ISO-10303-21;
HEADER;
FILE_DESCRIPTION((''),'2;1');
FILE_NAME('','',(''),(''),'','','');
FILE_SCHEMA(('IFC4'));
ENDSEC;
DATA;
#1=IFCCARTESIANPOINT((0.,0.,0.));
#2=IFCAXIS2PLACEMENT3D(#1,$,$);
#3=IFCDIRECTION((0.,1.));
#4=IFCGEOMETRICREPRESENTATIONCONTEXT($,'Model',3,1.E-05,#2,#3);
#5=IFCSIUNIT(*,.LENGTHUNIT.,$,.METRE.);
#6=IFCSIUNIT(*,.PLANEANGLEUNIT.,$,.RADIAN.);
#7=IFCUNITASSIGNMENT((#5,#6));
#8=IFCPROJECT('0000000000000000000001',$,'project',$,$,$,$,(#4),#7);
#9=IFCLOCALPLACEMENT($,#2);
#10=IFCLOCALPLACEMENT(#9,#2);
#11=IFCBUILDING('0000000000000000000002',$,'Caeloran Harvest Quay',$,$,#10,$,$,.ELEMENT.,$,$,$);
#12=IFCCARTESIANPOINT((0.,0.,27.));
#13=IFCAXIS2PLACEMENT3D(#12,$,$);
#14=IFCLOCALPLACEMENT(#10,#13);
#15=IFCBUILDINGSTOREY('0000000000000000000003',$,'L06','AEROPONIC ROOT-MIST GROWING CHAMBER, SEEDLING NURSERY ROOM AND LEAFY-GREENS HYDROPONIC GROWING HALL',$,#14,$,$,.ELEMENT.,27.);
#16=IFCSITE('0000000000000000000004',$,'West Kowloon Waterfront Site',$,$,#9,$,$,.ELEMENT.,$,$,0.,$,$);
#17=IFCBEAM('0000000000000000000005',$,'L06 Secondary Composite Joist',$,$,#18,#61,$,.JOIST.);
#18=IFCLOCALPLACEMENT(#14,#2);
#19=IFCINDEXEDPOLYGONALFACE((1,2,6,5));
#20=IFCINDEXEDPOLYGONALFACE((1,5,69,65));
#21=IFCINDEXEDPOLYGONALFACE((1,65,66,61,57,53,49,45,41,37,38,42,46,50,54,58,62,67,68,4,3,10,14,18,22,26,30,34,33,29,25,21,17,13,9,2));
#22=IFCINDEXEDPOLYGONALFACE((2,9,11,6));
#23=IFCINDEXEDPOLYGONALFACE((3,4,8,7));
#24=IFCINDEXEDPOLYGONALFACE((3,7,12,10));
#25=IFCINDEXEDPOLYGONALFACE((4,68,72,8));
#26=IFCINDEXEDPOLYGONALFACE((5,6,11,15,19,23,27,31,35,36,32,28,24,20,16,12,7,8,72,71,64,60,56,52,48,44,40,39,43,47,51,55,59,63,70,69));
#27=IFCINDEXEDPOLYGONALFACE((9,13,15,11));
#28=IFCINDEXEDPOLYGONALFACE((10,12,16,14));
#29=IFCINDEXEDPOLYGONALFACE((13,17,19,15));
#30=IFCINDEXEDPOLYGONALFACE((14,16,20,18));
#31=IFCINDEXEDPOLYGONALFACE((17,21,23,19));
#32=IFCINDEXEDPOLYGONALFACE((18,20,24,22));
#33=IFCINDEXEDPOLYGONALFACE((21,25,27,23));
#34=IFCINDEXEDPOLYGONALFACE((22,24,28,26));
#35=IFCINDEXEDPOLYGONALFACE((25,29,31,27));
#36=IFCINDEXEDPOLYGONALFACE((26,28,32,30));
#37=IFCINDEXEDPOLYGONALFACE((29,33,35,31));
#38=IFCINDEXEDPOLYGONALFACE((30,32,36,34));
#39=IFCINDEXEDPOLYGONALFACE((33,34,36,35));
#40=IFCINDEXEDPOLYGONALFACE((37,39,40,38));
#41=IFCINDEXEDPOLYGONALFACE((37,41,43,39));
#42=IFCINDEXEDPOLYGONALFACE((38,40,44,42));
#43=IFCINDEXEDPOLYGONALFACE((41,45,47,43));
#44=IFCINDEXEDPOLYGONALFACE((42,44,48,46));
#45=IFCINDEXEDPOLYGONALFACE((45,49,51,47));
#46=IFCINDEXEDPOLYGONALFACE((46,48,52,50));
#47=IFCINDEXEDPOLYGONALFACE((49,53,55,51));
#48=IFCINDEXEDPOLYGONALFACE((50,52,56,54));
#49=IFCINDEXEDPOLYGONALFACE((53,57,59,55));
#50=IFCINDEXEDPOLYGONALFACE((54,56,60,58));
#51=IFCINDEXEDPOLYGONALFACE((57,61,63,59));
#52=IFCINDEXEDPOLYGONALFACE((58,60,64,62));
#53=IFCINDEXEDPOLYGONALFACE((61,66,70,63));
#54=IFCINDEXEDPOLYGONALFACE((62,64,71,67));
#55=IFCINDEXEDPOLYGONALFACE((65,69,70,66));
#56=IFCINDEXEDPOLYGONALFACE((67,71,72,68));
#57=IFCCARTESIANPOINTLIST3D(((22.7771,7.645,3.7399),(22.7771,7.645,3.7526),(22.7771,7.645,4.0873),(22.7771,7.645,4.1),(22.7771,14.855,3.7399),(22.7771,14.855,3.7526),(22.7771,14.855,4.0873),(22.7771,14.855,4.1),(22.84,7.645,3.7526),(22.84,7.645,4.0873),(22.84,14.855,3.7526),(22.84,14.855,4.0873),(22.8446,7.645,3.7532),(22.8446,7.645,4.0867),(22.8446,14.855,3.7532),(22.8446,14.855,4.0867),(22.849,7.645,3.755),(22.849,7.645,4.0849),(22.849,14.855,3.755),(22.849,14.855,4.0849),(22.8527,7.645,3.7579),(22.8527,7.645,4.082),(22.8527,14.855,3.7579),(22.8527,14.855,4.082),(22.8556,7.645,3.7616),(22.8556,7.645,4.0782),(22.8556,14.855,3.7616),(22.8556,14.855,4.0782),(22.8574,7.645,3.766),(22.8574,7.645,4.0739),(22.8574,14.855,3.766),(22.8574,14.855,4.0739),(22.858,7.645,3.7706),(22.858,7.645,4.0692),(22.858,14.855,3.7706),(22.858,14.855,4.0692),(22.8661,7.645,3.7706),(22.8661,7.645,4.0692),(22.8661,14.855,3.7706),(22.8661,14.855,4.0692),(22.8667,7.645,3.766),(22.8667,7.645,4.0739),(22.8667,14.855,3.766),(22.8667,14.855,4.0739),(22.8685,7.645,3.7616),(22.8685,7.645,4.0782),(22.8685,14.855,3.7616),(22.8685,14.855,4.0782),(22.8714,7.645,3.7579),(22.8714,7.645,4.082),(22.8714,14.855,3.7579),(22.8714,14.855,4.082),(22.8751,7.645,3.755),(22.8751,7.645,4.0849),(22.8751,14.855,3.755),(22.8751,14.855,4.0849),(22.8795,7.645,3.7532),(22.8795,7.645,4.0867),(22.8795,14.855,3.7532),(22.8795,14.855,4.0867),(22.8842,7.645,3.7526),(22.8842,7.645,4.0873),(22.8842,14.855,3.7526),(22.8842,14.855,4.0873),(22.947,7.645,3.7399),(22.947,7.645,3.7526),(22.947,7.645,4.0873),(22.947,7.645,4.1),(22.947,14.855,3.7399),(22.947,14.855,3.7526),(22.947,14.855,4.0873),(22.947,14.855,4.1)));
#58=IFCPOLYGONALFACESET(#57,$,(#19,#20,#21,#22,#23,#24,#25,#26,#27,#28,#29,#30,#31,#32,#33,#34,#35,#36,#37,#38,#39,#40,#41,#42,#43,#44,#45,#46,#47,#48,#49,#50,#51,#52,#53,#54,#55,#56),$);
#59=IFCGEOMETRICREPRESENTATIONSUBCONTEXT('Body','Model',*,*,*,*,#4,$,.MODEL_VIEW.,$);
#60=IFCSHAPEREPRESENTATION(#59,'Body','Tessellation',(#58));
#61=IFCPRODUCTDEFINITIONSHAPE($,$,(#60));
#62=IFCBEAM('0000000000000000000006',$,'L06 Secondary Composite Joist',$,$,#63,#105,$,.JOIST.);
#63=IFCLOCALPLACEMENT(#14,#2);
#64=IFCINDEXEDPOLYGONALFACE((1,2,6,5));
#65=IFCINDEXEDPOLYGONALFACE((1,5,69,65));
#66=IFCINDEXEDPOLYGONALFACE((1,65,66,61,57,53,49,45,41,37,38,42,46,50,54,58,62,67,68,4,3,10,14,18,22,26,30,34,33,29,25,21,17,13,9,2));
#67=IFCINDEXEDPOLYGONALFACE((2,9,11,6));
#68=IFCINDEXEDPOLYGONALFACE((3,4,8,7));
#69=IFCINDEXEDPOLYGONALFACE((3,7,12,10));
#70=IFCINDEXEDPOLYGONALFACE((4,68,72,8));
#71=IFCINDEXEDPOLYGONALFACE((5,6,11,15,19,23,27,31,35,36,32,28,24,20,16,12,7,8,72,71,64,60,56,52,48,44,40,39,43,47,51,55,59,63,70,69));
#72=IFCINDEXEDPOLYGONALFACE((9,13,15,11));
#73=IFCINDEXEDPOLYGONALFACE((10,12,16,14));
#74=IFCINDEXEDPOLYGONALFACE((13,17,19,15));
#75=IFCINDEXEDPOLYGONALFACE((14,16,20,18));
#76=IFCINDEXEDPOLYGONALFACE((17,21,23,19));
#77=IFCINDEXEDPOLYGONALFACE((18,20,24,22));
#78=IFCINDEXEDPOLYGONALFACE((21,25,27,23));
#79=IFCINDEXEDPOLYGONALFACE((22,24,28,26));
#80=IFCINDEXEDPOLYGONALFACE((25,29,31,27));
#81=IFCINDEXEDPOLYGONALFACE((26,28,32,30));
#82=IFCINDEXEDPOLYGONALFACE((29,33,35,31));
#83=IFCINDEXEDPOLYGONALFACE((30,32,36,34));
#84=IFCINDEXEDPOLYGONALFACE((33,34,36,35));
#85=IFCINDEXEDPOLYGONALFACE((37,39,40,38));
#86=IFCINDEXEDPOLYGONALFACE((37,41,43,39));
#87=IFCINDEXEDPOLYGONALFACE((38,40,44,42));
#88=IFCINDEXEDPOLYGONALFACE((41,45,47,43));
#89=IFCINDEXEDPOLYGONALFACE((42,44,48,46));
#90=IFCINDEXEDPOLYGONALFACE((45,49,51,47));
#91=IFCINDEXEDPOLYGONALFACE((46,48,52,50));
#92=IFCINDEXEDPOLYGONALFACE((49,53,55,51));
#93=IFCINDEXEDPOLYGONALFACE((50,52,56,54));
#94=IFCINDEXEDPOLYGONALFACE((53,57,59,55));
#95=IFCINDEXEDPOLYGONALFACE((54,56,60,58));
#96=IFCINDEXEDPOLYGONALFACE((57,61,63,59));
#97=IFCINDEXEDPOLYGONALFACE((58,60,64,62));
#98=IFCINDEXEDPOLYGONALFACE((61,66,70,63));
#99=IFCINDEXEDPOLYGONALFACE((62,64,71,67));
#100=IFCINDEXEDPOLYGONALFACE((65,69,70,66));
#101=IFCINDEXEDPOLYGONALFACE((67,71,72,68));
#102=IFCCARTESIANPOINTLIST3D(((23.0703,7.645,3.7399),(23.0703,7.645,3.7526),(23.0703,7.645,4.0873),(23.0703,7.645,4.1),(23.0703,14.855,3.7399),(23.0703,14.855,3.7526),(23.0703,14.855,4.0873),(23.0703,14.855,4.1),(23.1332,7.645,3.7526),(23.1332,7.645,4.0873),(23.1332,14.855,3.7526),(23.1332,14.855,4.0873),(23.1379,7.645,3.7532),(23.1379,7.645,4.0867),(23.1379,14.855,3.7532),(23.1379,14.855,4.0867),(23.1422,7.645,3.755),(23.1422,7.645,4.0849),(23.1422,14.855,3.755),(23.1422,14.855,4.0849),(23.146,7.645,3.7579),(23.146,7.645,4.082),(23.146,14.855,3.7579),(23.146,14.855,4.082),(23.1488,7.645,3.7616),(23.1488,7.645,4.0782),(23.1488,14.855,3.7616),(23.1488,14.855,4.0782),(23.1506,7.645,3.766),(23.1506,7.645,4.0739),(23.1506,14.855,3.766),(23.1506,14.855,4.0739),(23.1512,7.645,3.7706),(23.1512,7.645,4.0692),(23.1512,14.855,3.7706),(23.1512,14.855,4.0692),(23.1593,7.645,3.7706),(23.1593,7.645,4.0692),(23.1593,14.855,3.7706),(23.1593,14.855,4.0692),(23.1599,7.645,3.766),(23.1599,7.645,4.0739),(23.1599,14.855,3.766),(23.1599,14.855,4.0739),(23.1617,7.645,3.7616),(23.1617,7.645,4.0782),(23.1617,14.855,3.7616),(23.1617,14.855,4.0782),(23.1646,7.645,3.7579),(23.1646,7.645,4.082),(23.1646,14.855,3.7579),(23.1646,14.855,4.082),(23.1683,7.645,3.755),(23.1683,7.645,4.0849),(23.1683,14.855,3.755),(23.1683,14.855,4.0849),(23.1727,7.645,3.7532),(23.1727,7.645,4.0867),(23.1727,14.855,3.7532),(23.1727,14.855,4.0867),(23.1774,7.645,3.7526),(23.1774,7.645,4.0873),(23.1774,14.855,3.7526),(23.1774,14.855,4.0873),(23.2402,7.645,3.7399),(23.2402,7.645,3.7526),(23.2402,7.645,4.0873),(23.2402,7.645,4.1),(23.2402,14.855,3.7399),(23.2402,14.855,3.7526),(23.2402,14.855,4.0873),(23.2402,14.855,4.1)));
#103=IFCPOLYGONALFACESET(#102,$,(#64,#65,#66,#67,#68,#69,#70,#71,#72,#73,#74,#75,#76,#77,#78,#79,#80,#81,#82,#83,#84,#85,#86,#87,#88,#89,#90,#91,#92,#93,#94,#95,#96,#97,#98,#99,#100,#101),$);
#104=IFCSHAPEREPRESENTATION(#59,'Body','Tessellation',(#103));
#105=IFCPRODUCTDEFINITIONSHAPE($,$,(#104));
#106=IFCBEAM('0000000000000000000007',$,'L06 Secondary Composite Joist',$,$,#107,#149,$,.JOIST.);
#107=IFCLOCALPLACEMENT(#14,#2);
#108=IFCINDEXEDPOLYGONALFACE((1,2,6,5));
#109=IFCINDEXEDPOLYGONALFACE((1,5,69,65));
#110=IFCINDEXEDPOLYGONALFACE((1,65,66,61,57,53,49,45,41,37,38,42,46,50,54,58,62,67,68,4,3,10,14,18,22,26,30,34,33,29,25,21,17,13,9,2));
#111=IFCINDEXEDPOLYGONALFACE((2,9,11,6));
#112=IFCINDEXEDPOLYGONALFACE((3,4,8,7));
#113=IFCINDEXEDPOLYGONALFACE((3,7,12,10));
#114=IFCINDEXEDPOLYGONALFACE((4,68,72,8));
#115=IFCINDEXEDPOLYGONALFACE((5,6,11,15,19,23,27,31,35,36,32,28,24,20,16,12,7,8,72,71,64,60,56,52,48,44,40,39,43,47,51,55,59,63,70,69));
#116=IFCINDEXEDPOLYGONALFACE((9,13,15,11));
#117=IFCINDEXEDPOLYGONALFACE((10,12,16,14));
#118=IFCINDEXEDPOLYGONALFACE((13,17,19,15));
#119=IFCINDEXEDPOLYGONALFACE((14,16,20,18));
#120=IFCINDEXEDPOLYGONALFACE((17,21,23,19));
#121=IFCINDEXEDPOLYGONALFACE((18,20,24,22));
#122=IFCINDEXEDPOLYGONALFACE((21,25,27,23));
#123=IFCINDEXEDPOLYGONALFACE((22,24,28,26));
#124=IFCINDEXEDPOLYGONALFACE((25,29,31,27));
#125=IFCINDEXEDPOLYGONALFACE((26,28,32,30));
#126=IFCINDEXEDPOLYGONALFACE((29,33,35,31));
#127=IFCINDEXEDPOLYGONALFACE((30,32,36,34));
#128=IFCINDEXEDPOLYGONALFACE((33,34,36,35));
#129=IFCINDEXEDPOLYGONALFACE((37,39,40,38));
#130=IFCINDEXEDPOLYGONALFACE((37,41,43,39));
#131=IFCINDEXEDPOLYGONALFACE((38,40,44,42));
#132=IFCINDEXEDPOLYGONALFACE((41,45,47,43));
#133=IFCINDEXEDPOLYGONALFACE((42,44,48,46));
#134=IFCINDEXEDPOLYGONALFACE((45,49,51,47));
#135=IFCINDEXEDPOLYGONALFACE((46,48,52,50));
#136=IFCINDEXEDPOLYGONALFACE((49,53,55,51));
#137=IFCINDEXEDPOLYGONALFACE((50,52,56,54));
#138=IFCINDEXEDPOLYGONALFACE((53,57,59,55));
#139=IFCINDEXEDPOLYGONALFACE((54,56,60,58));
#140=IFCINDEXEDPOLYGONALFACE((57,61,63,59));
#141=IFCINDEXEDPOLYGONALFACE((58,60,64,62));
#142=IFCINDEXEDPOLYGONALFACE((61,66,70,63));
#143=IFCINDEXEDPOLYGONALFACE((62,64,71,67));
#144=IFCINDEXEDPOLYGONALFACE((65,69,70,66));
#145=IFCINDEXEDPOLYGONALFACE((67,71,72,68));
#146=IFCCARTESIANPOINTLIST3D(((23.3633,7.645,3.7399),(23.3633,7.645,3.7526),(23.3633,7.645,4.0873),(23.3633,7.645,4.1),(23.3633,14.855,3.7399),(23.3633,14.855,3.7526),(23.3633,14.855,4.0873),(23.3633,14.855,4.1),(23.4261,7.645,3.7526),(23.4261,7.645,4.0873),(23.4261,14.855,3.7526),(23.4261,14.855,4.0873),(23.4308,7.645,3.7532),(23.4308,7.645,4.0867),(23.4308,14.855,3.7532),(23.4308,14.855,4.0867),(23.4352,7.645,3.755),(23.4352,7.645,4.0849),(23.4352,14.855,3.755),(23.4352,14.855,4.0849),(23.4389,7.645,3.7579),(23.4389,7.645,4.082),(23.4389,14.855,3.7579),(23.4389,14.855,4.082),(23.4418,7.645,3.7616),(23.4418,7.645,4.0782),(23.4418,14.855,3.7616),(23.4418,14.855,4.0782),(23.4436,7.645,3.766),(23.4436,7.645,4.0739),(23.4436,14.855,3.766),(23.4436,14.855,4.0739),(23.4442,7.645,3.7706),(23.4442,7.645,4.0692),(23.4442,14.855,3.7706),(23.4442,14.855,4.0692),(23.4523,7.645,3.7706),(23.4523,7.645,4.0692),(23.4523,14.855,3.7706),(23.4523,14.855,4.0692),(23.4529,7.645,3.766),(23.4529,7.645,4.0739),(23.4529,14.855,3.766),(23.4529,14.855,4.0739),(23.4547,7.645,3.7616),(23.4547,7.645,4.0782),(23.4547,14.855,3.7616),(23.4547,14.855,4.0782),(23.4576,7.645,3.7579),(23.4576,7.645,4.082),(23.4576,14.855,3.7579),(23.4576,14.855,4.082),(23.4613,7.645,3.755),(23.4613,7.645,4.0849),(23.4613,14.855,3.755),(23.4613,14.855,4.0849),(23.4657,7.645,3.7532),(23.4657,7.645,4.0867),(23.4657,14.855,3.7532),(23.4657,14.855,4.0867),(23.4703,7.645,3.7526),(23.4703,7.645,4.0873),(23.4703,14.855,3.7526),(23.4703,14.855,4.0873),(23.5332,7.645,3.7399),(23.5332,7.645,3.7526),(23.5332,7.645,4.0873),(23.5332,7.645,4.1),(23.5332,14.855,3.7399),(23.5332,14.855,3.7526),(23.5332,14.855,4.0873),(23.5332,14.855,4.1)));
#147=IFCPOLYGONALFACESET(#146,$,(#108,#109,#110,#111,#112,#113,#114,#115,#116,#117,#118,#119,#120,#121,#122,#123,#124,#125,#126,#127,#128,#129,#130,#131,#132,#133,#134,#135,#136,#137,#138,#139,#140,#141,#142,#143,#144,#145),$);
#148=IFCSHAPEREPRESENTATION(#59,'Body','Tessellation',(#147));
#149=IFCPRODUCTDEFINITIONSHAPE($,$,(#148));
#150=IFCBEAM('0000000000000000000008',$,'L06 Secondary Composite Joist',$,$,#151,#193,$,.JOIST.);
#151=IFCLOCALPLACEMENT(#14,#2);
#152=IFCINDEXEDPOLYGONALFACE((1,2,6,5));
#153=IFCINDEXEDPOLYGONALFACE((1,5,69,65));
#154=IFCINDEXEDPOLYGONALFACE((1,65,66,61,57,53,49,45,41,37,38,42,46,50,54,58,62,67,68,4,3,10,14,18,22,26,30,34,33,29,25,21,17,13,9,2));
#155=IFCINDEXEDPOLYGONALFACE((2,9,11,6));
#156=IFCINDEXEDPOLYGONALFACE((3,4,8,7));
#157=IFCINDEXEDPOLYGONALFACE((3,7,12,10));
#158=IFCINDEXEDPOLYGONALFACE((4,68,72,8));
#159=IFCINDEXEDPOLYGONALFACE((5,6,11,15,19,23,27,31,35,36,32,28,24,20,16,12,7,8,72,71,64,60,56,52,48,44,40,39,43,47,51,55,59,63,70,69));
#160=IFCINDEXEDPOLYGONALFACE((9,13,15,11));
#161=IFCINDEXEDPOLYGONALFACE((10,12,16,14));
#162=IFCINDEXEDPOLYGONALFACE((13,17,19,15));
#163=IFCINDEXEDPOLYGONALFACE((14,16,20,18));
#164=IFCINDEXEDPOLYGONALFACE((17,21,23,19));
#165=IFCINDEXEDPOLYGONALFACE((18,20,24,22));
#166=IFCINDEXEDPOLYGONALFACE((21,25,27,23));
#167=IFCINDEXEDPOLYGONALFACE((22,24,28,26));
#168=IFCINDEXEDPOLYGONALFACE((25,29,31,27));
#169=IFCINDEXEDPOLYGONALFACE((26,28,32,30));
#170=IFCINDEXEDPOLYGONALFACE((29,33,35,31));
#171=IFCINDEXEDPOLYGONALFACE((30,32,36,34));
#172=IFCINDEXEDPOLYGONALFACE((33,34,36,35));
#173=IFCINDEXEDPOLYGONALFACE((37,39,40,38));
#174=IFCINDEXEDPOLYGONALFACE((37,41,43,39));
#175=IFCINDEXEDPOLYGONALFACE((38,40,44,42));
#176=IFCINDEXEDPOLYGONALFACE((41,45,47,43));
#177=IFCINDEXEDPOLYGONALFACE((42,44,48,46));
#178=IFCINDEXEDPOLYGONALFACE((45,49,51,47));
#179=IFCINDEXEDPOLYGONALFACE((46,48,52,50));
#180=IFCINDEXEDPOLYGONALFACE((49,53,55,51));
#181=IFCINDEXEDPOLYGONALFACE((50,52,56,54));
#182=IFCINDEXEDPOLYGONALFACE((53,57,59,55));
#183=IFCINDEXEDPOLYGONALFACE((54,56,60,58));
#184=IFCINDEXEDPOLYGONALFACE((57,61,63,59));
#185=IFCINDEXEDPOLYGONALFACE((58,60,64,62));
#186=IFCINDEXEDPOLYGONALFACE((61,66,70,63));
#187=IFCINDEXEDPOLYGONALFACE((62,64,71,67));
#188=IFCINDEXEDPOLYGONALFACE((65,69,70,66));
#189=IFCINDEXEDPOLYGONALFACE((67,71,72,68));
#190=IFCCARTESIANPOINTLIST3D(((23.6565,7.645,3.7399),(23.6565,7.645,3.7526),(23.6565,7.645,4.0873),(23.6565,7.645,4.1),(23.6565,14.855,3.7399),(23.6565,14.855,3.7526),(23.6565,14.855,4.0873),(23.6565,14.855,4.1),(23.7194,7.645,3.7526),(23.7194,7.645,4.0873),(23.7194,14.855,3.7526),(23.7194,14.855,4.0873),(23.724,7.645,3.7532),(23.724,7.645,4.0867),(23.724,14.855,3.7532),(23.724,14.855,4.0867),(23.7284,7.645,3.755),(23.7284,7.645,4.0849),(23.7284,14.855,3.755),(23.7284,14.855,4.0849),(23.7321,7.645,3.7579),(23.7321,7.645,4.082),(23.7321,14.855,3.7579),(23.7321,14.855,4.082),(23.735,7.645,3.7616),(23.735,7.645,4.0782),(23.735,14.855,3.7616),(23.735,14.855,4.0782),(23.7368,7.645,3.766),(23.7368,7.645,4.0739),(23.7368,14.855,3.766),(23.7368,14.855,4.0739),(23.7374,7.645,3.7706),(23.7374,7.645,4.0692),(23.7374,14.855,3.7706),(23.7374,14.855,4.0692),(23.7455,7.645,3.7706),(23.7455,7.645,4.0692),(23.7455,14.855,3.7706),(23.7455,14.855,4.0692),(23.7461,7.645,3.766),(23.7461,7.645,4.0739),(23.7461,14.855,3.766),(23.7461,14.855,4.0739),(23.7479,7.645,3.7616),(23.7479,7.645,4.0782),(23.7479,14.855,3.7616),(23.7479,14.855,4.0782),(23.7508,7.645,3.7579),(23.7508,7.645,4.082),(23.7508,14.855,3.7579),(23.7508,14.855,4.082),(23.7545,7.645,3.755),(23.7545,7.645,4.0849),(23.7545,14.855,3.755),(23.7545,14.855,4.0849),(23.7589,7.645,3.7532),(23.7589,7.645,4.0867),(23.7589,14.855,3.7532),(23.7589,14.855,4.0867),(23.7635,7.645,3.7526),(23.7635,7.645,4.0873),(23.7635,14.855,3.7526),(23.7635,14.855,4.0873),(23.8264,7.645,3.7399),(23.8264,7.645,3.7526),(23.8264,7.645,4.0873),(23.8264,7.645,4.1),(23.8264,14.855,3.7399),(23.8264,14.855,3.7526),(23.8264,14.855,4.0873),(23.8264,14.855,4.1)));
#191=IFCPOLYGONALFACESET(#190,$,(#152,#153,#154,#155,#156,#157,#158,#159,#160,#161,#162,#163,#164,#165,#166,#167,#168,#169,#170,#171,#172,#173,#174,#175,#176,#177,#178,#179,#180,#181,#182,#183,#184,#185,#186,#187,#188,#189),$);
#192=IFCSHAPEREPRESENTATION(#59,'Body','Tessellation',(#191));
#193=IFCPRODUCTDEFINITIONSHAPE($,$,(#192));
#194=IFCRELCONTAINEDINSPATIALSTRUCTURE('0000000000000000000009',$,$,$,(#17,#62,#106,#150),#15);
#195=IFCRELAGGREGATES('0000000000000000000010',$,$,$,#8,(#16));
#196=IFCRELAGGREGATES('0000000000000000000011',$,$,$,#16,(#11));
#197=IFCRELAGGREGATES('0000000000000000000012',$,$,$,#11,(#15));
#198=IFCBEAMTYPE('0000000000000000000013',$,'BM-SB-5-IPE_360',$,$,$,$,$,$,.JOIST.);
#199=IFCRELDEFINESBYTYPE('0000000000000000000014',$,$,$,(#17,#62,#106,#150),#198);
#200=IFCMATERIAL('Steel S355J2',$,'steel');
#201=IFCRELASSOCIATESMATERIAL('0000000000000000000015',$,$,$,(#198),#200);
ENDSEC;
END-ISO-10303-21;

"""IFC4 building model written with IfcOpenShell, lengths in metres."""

from ifc_helpers import new_model, si_unit, direction, frame, origin, origin_2d, place, context, subcontext, project, spatial, i_section, extrude, material, material_profile, profile_set, type_object, element, save


model = new_model("IFC4")

# Units and contexts
model_context = context("Model", 3, precision=1e-05, world=origin(), true_north=direction((0.0, 1.0)))
body_context = subcontext(model_context, "Body", "Model", "MODEL_VIEW")
ifc_project = project(units=[si_unit("LENGTHUNIT", "METRE"), si_unit("PLANEANGLEUNIT", "RADIAN")], contexts=[model_context])

# Site, building, storey
site_placement = place(None, origin())
site = spatial("IfcSite", under=ifc_project, at=site_placement, Name="West Kowloon Waterfront Site", CompositionType="ELEMENT", RefElevation=0.0)
building_placement = place(site_placement, origin())
building = spatial("IfcBuilding", under=site, at=building_placement, Name="Caeloran Harvest Quay", CompositionType="ELEMENT")
storey_placement = place(building_placement, frame((0.0, 0.0, 27.0)))
storey = spatial("IfcBuildingStorey", under=building, at=storey_placement, Name="L06", Description="AEROPONIC ROOT-MIST GROWING CHAMBER, SEEDLING NURSERY ROOM AND LEAFY-GREENS HYDROPONIC GROWING HALL", CompositionType="ELEMENT", Elevation=27.0)

# Beams
ifc_material_1 = material(Name="Steel S355J2", Category="steel")
ifc_material_profile_1 = material_profile(ifc_material_1, i_section(OverallWidth=0.1699, OverallDepth=0.3601, WebThickness=0.0081, FlangeThickness=0.0127, FilletRadius=0.0181, at=origin_2d()), Name="IPE 360")
ifc_profile_set_1 = profile_set([ifc_material_profile_1], Name="Steel S355J2")
beam_type_1 = type_object("IfcBeamType", Name="BM-SB-5-IPE_360", PredefinedType="JOIST", material=ifc_profile_set_1)
for number, where, z_axis, x_axis, name in (
    (1, (22.8621, 7.645, 3.9199), (0.0, 1.0, 0.0), (-1.0, 0.0, 0.0), "L06 Secondary Composite Joist"),
    (2, (23.1553, 7.645, 3.9199), (0.0, 1.0, 0.0), (-1.0, 0.0, 0.0), "L06 Secondary Composite Joist"),
    (3, (23.4482, 7.645, 3.9199), (0.0, 1.0, 0.0), (-1.0, 0.0, 0.0), "L06 Secondary Composite Joist"),
    (4, (23.7415, 7.645, 3.9199), (0.0, 1.0, 0.0), (-1.0, 0.0, 0.0), "L06 Secondary Composite Joist"),
):
    element("IfcBeam", number, at=place(storey_placement, frame(where, z_axis=z_axis, x_axis=x_axis)), inside=storey, type_object=beam_type_1, Name=name, PredefinedType="JOIST", context=body_context, shape_type="SweptSolid", body=[
        extrude(i_section(OverallWidth=0.1699, OverallDepth=0.3601, WebThickness=0.0081, FlangeThickness=0.0127, FilletRadius=0.0181, at=origin_2d()), origin(), (0.0, 0.0, 1.0), 7.21),
    ])

save(model, "model.ifc")
